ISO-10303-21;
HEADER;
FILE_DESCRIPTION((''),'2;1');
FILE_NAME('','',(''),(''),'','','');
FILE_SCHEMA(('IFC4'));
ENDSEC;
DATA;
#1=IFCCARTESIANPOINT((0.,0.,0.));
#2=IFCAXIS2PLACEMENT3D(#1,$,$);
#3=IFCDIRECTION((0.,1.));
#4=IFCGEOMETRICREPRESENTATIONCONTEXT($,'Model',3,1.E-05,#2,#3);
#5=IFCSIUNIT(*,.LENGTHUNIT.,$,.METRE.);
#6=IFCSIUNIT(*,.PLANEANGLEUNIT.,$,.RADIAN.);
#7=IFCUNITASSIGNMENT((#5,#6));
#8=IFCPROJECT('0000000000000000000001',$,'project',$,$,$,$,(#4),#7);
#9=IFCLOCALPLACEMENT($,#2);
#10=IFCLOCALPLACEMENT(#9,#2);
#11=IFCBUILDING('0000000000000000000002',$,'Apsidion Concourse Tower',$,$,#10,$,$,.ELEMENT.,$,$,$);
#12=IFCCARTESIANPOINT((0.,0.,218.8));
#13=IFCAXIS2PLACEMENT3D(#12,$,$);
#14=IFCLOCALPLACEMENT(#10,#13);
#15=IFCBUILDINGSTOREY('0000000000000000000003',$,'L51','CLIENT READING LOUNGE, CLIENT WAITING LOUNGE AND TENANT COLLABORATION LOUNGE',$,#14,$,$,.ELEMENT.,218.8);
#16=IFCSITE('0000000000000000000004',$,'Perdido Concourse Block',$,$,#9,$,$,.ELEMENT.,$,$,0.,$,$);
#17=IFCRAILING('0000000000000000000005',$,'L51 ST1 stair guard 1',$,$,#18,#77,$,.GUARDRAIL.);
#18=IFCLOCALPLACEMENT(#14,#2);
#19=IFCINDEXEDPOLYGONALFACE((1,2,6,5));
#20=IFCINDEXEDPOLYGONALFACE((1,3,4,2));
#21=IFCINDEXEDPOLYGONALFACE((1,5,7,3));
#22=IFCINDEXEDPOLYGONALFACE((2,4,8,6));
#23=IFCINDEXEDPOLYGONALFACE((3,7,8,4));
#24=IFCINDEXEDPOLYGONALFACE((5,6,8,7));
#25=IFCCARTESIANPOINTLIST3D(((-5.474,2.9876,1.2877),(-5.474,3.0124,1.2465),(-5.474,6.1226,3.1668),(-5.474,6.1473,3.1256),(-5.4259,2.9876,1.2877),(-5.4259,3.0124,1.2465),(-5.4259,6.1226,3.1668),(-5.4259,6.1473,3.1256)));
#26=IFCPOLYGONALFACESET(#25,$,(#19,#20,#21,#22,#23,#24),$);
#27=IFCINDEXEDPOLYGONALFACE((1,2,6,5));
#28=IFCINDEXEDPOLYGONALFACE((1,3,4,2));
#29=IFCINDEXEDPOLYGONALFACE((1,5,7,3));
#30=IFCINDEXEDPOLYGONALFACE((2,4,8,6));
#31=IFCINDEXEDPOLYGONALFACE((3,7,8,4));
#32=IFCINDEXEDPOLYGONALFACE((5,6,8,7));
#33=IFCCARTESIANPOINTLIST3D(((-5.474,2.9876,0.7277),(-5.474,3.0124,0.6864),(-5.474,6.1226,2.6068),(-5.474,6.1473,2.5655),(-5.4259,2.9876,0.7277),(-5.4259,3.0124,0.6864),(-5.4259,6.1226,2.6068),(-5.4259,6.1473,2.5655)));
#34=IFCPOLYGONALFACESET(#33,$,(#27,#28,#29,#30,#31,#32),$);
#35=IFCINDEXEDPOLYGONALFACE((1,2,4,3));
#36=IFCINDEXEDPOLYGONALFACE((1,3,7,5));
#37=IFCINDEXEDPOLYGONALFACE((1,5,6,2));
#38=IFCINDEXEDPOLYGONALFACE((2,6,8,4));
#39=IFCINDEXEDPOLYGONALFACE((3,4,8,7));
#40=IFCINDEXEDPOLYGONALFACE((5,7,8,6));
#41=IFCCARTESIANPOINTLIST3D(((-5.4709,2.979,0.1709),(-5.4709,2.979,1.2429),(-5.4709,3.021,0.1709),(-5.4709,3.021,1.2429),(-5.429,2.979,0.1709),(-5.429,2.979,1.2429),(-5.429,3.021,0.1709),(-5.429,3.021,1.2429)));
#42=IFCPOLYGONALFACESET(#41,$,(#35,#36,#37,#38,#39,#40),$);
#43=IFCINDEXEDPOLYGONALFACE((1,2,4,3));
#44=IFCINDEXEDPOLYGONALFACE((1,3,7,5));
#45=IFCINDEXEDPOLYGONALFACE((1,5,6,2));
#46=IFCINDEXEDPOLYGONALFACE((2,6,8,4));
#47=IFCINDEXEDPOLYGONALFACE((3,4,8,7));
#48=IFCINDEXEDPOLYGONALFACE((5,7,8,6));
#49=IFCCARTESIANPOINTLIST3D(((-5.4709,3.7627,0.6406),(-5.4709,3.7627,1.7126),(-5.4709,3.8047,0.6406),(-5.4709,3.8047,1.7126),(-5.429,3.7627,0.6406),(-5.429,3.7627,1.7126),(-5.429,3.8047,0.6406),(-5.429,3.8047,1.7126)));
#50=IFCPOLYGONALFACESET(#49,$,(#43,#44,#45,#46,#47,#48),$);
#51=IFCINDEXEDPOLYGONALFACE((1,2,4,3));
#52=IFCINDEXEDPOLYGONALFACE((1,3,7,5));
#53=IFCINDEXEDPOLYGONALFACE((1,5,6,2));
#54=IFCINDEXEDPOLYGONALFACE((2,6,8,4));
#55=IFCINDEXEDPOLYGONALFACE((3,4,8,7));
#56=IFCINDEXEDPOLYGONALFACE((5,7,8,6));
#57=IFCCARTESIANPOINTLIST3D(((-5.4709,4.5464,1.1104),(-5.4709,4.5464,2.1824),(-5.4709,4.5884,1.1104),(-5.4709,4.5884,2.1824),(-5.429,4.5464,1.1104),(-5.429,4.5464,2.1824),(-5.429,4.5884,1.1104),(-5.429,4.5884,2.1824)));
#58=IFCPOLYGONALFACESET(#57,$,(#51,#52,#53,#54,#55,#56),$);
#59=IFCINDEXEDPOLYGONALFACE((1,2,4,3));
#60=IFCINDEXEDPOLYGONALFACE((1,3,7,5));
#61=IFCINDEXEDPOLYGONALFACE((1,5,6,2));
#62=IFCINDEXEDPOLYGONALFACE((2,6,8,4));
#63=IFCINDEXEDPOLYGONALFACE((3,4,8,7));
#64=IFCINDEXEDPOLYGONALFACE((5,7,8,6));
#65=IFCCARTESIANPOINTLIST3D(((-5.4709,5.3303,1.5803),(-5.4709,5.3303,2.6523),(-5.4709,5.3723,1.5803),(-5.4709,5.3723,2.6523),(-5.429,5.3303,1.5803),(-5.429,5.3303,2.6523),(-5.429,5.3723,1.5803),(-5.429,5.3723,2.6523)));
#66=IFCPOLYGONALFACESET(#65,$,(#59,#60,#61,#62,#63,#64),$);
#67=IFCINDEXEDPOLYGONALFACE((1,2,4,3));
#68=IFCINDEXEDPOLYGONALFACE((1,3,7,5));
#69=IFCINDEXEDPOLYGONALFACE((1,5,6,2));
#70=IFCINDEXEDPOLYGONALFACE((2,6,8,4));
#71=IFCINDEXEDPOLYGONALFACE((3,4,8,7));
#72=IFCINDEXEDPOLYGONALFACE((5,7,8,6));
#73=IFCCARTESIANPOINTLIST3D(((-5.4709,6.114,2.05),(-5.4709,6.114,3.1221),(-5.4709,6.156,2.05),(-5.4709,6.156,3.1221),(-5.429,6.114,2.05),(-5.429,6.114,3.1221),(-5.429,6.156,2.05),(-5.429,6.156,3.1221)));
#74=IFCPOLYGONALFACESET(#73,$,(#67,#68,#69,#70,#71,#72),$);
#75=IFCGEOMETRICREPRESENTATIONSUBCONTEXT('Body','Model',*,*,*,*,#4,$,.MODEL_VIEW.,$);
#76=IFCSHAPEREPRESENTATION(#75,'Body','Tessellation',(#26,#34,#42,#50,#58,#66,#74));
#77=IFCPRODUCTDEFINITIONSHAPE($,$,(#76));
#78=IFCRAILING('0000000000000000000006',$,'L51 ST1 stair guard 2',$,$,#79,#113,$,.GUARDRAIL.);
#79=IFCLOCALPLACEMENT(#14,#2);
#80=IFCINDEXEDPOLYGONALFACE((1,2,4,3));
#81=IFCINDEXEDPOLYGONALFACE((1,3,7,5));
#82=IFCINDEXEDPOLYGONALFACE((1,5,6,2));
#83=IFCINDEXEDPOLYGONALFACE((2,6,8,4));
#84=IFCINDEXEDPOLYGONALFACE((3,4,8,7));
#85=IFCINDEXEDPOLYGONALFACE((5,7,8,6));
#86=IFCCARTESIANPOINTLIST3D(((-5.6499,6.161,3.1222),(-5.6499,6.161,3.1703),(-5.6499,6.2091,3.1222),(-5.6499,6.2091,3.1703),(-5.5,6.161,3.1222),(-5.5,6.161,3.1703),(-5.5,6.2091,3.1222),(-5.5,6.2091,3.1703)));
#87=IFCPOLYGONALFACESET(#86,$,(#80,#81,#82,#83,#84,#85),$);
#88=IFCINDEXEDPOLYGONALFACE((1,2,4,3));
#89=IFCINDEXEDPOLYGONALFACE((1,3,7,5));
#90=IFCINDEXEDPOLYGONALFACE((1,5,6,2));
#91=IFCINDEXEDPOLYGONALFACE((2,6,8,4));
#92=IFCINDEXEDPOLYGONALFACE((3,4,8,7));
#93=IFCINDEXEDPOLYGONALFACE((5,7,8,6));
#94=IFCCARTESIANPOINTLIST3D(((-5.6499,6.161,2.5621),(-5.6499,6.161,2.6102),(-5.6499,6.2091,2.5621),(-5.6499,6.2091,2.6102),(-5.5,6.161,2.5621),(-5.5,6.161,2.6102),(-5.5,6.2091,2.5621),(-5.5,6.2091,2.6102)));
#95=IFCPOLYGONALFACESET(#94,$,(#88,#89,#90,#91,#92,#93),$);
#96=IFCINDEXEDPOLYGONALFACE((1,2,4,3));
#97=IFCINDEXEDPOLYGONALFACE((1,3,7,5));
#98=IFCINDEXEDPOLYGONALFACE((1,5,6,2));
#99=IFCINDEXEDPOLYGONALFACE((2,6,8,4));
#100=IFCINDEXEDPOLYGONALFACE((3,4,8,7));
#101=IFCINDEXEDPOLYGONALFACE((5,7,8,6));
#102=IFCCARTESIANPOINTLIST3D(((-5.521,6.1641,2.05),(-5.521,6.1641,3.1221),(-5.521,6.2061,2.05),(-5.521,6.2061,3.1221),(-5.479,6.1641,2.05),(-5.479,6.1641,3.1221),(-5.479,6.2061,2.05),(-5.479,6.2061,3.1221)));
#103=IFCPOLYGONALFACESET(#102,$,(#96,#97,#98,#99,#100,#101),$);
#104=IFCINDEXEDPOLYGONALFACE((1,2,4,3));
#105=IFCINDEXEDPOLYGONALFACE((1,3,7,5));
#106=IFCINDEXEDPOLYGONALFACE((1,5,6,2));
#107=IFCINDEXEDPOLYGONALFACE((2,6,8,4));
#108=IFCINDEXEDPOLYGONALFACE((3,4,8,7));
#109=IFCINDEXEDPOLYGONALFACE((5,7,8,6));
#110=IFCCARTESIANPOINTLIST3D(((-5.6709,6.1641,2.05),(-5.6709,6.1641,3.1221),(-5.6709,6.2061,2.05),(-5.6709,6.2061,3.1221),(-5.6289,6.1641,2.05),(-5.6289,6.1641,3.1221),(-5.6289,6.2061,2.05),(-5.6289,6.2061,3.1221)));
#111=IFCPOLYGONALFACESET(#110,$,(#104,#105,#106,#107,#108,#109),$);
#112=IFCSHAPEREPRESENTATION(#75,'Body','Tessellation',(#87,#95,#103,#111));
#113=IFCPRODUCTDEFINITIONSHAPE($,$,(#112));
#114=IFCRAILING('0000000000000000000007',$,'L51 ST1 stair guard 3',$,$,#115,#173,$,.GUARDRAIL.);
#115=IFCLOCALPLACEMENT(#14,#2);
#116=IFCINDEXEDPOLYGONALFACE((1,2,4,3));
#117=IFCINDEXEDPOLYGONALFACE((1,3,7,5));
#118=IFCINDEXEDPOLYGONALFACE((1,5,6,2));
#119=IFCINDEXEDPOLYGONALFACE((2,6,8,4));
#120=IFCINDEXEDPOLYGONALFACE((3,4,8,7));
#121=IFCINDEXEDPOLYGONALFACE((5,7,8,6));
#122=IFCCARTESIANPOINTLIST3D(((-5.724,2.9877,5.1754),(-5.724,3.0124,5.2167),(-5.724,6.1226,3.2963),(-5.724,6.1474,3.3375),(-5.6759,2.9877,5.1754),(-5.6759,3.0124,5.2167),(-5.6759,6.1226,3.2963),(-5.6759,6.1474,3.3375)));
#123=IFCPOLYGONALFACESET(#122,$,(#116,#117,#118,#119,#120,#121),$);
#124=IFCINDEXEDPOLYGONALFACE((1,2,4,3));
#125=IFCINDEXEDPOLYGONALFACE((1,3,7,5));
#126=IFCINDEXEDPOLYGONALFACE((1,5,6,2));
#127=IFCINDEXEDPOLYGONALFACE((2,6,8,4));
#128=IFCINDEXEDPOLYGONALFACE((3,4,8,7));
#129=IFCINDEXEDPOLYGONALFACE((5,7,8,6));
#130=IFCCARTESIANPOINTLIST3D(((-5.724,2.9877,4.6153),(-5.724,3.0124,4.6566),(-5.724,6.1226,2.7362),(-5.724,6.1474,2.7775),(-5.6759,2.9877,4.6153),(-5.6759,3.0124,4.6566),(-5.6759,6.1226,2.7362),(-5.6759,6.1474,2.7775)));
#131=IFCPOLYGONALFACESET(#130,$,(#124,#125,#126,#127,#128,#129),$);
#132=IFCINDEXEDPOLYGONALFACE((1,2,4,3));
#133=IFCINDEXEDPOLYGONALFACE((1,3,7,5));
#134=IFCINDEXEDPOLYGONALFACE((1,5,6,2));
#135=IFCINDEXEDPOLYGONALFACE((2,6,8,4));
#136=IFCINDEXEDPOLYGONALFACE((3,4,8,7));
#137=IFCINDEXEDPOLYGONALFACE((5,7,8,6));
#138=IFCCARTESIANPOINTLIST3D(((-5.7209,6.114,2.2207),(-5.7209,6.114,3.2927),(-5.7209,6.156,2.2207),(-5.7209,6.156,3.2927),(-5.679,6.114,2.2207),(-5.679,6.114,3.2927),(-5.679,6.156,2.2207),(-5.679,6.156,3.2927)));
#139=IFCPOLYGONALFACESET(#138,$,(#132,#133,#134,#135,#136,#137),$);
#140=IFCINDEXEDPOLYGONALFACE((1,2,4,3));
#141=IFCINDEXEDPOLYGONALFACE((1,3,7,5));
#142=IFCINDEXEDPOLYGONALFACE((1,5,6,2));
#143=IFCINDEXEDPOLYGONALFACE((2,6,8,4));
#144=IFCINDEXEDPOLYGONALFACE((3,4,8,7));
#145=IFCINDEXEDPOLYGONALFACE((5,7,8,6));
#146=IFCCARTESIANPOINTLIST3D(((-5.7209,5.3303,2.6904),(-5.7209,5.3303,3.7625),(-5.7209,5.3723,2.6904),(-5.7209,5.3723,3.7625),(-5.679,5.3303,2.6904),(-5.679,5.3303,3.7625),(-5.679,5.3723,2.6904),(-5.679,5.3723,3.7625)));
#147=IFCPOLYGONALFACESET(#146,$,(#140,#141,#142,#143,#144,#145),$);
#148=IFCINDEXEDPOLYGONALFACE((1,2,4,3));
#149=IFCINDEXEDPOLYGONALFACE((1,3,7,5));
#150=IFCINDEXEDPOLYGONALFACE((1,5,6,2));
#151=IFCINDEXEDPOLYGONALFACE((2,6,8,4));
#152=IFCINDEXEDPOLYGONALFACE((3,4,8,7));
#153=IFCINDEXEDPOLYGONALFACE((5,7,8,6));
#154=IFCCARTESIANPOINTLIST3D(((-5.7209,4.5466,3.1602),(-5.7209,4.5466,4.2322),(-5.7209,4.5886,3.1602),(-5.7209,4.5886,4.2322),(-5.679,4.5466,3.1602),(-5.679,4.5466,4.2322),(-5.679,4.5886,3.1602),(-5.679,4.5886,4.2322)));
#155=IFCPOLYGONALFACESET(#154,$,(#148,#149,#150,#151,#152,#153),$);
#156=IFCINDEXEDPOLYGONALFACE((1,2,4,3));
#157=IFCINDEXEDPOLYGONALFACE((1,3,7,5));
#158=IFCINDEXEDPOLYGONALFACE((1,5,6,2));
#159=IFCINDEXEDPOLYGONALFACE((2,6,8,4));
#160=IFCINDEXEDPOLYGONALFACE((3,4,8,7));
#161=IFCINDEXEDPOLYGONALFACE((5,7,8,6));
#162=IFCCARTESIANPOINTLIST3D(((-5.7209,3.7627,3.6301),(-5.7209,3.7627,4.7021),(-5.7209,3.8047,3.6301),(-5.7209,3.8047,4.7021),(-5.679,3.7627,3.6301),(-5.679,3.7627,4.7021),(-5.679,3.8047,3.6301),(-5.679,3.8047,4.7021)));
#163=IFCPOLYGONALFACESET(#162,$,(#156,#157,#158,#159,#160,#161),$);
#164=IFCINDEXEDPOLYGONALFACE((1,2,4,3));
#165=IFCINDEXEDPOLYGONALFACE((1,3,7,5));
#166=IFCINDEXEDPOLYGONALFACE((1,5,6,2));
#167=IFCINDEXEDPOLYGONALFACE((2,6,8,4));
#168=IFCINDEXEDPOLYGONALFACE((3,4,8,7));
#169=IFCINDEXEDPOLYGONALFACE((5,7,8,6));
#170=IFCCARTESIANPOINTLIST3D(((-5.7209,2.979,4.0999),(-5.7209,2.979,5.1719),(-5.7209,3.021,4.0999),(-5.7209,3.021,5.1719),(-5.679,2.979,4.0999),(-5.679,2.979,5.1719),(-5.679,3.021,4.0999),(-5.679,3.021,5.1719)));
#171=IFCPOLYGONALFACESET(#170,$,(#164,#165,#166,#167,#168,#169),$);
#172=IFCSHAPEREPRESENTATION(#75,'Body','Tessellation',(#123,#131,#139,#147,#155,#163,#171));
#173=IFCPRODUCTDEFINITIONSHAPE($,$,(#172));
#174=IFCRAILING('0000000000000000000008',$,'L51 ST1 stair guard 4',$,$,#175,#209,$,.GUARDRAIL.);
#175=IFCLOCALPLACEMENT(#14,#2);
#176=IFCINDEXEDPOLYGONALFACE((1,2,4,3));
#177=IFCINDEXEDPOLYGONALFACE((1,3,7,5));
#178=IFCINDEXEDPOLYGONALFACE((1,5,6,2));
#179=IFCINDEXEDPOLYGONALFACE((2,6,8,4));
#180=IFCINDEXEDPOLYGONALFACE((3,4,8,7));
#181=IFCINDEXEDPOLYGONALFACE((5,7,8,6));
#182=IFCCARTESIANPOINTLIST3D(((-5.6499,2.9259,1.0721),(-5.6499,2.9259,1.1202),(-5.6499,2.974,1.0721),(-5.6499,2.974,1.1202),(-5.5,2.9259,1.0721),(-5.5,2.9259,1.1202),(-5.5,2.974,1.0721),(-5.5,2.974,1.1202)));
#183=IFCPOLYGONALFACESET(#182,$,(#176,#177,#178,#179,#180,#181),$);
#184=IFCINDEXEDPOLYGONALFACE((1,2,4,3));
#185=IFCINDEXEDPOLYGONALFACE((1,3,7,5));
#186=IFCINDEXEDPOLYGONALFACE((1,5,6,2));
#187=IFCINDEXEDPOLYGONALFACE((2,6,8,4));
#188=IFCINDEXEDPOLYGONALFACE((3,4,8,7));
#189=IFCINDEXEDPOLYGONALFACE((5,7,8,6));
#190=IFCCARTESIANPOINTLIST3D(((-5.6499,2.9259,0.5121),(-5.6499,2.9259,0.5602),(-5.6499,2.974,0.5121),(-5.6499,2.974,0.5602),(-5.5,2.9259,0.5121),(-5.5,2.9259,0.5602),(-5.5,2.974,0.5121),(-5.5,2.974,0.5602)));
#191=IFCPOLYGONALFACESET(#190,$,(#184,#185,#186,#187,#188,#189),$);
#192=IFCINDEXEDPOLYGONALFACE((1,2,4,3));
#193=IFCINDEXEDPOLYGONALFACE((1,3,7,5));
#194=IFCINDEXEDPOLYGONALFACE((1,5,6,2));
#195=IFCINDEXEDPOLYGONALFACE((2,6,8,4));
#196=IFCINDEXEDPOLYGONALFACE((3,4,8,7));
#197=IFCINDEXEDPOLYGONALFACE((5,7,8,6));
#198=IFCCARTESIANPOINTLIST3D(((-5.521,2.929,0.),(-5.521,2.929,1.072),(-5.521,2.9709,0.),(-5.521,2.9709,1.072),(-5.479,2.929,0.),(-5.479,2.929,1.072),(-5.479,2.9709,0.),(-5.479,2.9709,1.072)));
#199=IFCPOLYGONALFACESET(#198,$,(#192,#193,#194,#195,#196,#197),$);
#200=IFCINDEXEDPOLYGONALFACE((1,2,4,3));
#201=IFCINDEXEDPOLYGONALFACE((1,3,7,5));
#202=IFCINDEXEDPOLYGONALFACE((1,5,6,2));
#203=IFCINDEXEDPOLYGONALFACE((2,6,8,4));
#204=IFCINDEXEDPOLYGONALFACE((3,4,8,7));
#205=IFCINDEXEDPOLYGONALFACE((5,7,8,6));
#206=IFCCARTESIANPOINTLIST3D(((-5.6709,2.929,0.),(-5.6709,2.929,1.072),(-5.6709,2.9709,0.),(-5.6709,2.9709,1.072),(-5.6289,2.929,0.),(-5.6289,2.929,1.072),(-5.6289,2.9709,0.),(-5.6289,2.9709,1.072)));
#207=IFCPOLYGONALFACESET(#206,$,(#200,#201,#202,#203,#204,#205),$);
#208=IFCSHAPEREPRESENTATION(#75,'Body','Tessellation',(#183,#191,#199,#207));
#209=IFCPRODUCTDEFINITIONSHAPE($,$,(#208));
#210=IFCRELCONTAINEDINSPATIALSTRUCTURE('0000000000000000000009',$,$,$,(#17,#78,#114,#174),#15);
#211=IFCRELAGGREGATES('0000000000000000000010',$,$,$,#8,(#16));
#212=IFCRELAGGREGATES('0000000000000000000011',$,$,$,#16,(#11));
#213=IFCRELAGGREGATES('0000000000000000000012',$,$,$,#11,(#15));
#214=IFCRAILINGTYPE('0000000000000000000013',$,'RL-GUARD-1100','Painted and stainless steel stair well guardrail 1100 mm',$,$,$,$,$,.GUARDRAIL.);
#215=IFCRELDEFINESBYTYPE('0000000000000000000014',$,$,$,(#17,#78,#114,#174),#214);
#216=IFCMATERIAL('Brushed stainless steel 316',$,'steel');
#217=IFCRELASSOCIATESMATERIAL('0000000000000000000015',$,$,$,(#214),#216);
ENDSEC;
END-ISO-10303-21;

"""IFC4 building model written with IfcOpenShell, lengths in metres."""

from ifc_helpers import new_model, si_unit, direction, frame, origin, origin_2d, place, context, subcontext, project, spatial, rectangle, extrude, material, type_object, element, save


model = new_model("IFC4")

# Units and contexts
model_context = context("Model", 3, precision=1e-05, world=origin(), true_north=direction((0.0, 1.0)))
body_context = subcontext(model_context, "Body", "Model", "MODEL_VIEW")
ifc_project = project(units=[si_unit("LENGTHUNIT", "METRE"), si_unit("PLANEANGLEUNIT", "RADIAN")], contexts=[model_context])

# Site, building, storey
site_placement = place(None, origin())
site = spatial("IfcSite", under=ifc_project, at=site_placement, Name="Perdido Concourse Block", CompositionType="ELEMENT", RefElevation=0.0)
building_placement = place(site_placement, origin())
building = spatial("IfcBuilding", under=site, at=building_placement, Name="Apsidion Concourse Tower", CompositionType="ELEMENT")
storey_placement = place(building_placement, frame((0.0, 0.0, 218.8)))
storey = spatial("IfcBuildingStorey", under=building, at=storey_placement, Name="L51", Description="CLIENT READING LOUNGE, CLIENT WAITING LOUNGE AND TENANT COLLABORATION LOUNGE", CompositionType="ELEMENT", Elevation=218.8)

# Shared definitions
ifc_material_1 = material(Name="Brushed stainless steel 316", Category="steel")

# Railings
railing_type_1 = type_object("IfcRailingType", Name="RL-GUARD-1100", Description="Painted and stainless steel stair well guardrail 1100 mm", PredefinedType="GUARDRAIL", material=ifc_material_1)
railing_1_placement = place(storey_placement, frame((-5.45, 3.0, 0.1709)))
element("IfcRailing", 1, at=railing_1_placement, inside=storey, type_object=railing_type_1, Name="L51 ST1 stair guard 1", PredefinedType="GUARDRAIL", context=body_context, shape_type="SweptSolid", body=[
    extrude(rectangle(XDim=0.0481, YDim=0.0481, at=origin_2d()), frame((0.0, 0.0, 1.0962), z_axis=(0.0, 0.857717, 0.514122), x_axis=(-1.0, 0.0, 0.0)), (0.0, 0.0, 1.0), 3.655),
    extrude(rectangle(XDim=0.0481, YDim=0.0481, at=origin_2d()), frame((0.0, 0.0, 0.5361), z_axis=(0.0, 0.857717, 0.514122), x_axis=(-1.0, 0.0, 0.0)), (0.0, 0.0, 1.0), 3.655),
    extrude(rectangle(XDim=0.042, YDim=0.042, at=origin_2d()), origin(), (0.0, 0.0, 1.0), 1.072),
    extrude(rectangle(XDim=0.042, YDim=0.042, at=origin_2d()), frame((0.0, 0.7837, 0.4697)), (0.0, 0.0, 1.0), 1.072),
    extrude(rectangle(XDim=0.042, YDim=0.042, at=origin_2d()), frame((0.0, 1.5674, 0.9395)), (0.0, 0.0, 1.0), 1.072),
    extrude(rectangle(XDim=0.042, YDim=0.042, at=origin_2d()), frame((0.0, 2.3513, 1.4094)), (0.0, 0.0, 1.0), 1.072),
    extrude(rectangle(XDim=0.042, YDim=0.042, at=origin_2d()), frame((0.0, 3.135, 1.8792)), (0.0, 0.0, 1.0), 1.072),
])
railing_2_placement = place(storey_placement, frame((-5.5, 6.1851, 2.05)))
element("IfcRailing", 2, at=railing_2_placement, inside=storey, type_object=railing_type_1, Name="L51 ST1 stair guard 2", PredefinedType="GUARDRAIL", context=body_context, shape_type="SweptSolid", body=[
    extrude(rectangle(XDim=0.0481, YDim=0.0481, at=origin_2d()), frame((0.0, 0.0, 1.0962), z_axis=(-1.0, 0.0, 0.0), x_axis=(0.0, -1.0, 0.0)), (0.0, 0.0, 1.0), 0.1499),
    extrude(rectangle(XDim=0.0481, YDim=0.0481, at=origin_2d()), frame((0.0, 0.0, 0.5361), z_axis=(-1.0, 0.0, 0.0), x_axis=(0.0, -1.0, 0.0)), (0.0, 0.0, 1.0), 0.1499),
    extrude(rectangle(XDim=0.042, YDim=0.042, at=origin_2d()), origin(), (0.0, 0.0, 1.0), 1.072),
    extrude(rectangle(XDim=0.042, YDim=0.042, at=origin_2d()), frame((-0.1499, 0.0, 0.0)), (0.0, 0.0, 1.0), 1.072),
])
railing_3_placement = place(storey_placement, frame((-5.7, 6.135, 2.2207)))
element("IfcRailing", 3, at=railing_3_placement, inside=storey, type_object=railing_type_1, Name="L51 ST1 stair guard 3", PredefinedType="GUARDRAIL", context=body_context, shape_type="SweptSolid", body=[
    extrude(rectangle(XDim=0.0481, YDim=0.0481, at=origin_2d()), frame((0.0, 0.0, 1.0962), z_axis=(0.0, -0.857717, 0.514122), x_axis=(1.0, 0.0, 0.0)), (0.0, 0.0, 1.0), 3.655),
    extrude(rectangle(XDim=0.0481, YDim=0.0481, at=origin_2d()), frame((0.0, 0.0, 0.5361), z_axis=(0.0, -0.857717, 0.514122), x_axis=(1.0, 0.0, 0.0)), (0.0, 0.0, 1.0), 3.655),
    extrude(rectangle(XDim=0.042, YDim=0.042, at=origin_2d()), origin(), (0.0, 0.0, 1.0), 1.072),
    extrude(rectangle(XDim=0.042, YDim=0.042, at=origin_2d()), frame((0.0, -0.7837, 0.4697)), (0.0, 0.0, 1.0), 1.072),
    extrude(rectangle(XDim=0.042, YDim=0.042, at=origin_2d()), frame((0.0, -1.5674, 0.9395)), (0.0, 0.0, 1.0), 1.072),
    extrude(rectangle(XDim=0.042, YDim=0.042, at=origin_2d()), frame((0.0, -2.3513, 1.4094)), (0.0, 0.0, 1.0), 1.072),
    extrude(rectangle(XDim=0.042, YDim=0.042, at=origin_2d()), frame((0.0, -3.135, 1.8792)), (0.0, 0.0, 1.0), 1.072),
])
railing_4_placement = place(storey_placement, frame((-5.5, 2.95, 0.0)))
element("IfcRailing", 4, at=railing_4_placement, inside=storey, type_object=railing_type_1, Name="L51 ST1 stair guard 4", PredefinedType="GUARDRAIL", context=body_context, shape_type="SweptSolid", body=[
    extrude(rectangle(XDim=0.0481, YDim=0.0481, at=origin_2d()), frame((0.0, 0.0, 1.0962), z_axis=(-1.0, 0.0, 0.0), x_axis=(0.0, -1.0, 0.0)), (0.0, 0.0, 1.0), 0.1499),
    extrude(rectangle(XDim=0.0481, YDim=0.0481, at=origin_2d()), frame((0.0, 0.0, 0.5361), z_axis=(-1.0, 0.0, 0.0), x_axis=(0.0, -1.0, 0.0)), (0.0, 0.0, 1.0), 0.1499),
    extrude(rectangle(XDim=0.042, YDim=0.042, at=origin_2d()), origin(), (0.0, 0.0, 1.0), 1.072),
    extrude(rectangle(XDim=0.042, YDim=0.042, at=origin_2d()), frame((-0.1499, 0.0, 0.0)), (0.0, 0.0, 1.0), 1.072),
])

save(model, "model.ifc")
